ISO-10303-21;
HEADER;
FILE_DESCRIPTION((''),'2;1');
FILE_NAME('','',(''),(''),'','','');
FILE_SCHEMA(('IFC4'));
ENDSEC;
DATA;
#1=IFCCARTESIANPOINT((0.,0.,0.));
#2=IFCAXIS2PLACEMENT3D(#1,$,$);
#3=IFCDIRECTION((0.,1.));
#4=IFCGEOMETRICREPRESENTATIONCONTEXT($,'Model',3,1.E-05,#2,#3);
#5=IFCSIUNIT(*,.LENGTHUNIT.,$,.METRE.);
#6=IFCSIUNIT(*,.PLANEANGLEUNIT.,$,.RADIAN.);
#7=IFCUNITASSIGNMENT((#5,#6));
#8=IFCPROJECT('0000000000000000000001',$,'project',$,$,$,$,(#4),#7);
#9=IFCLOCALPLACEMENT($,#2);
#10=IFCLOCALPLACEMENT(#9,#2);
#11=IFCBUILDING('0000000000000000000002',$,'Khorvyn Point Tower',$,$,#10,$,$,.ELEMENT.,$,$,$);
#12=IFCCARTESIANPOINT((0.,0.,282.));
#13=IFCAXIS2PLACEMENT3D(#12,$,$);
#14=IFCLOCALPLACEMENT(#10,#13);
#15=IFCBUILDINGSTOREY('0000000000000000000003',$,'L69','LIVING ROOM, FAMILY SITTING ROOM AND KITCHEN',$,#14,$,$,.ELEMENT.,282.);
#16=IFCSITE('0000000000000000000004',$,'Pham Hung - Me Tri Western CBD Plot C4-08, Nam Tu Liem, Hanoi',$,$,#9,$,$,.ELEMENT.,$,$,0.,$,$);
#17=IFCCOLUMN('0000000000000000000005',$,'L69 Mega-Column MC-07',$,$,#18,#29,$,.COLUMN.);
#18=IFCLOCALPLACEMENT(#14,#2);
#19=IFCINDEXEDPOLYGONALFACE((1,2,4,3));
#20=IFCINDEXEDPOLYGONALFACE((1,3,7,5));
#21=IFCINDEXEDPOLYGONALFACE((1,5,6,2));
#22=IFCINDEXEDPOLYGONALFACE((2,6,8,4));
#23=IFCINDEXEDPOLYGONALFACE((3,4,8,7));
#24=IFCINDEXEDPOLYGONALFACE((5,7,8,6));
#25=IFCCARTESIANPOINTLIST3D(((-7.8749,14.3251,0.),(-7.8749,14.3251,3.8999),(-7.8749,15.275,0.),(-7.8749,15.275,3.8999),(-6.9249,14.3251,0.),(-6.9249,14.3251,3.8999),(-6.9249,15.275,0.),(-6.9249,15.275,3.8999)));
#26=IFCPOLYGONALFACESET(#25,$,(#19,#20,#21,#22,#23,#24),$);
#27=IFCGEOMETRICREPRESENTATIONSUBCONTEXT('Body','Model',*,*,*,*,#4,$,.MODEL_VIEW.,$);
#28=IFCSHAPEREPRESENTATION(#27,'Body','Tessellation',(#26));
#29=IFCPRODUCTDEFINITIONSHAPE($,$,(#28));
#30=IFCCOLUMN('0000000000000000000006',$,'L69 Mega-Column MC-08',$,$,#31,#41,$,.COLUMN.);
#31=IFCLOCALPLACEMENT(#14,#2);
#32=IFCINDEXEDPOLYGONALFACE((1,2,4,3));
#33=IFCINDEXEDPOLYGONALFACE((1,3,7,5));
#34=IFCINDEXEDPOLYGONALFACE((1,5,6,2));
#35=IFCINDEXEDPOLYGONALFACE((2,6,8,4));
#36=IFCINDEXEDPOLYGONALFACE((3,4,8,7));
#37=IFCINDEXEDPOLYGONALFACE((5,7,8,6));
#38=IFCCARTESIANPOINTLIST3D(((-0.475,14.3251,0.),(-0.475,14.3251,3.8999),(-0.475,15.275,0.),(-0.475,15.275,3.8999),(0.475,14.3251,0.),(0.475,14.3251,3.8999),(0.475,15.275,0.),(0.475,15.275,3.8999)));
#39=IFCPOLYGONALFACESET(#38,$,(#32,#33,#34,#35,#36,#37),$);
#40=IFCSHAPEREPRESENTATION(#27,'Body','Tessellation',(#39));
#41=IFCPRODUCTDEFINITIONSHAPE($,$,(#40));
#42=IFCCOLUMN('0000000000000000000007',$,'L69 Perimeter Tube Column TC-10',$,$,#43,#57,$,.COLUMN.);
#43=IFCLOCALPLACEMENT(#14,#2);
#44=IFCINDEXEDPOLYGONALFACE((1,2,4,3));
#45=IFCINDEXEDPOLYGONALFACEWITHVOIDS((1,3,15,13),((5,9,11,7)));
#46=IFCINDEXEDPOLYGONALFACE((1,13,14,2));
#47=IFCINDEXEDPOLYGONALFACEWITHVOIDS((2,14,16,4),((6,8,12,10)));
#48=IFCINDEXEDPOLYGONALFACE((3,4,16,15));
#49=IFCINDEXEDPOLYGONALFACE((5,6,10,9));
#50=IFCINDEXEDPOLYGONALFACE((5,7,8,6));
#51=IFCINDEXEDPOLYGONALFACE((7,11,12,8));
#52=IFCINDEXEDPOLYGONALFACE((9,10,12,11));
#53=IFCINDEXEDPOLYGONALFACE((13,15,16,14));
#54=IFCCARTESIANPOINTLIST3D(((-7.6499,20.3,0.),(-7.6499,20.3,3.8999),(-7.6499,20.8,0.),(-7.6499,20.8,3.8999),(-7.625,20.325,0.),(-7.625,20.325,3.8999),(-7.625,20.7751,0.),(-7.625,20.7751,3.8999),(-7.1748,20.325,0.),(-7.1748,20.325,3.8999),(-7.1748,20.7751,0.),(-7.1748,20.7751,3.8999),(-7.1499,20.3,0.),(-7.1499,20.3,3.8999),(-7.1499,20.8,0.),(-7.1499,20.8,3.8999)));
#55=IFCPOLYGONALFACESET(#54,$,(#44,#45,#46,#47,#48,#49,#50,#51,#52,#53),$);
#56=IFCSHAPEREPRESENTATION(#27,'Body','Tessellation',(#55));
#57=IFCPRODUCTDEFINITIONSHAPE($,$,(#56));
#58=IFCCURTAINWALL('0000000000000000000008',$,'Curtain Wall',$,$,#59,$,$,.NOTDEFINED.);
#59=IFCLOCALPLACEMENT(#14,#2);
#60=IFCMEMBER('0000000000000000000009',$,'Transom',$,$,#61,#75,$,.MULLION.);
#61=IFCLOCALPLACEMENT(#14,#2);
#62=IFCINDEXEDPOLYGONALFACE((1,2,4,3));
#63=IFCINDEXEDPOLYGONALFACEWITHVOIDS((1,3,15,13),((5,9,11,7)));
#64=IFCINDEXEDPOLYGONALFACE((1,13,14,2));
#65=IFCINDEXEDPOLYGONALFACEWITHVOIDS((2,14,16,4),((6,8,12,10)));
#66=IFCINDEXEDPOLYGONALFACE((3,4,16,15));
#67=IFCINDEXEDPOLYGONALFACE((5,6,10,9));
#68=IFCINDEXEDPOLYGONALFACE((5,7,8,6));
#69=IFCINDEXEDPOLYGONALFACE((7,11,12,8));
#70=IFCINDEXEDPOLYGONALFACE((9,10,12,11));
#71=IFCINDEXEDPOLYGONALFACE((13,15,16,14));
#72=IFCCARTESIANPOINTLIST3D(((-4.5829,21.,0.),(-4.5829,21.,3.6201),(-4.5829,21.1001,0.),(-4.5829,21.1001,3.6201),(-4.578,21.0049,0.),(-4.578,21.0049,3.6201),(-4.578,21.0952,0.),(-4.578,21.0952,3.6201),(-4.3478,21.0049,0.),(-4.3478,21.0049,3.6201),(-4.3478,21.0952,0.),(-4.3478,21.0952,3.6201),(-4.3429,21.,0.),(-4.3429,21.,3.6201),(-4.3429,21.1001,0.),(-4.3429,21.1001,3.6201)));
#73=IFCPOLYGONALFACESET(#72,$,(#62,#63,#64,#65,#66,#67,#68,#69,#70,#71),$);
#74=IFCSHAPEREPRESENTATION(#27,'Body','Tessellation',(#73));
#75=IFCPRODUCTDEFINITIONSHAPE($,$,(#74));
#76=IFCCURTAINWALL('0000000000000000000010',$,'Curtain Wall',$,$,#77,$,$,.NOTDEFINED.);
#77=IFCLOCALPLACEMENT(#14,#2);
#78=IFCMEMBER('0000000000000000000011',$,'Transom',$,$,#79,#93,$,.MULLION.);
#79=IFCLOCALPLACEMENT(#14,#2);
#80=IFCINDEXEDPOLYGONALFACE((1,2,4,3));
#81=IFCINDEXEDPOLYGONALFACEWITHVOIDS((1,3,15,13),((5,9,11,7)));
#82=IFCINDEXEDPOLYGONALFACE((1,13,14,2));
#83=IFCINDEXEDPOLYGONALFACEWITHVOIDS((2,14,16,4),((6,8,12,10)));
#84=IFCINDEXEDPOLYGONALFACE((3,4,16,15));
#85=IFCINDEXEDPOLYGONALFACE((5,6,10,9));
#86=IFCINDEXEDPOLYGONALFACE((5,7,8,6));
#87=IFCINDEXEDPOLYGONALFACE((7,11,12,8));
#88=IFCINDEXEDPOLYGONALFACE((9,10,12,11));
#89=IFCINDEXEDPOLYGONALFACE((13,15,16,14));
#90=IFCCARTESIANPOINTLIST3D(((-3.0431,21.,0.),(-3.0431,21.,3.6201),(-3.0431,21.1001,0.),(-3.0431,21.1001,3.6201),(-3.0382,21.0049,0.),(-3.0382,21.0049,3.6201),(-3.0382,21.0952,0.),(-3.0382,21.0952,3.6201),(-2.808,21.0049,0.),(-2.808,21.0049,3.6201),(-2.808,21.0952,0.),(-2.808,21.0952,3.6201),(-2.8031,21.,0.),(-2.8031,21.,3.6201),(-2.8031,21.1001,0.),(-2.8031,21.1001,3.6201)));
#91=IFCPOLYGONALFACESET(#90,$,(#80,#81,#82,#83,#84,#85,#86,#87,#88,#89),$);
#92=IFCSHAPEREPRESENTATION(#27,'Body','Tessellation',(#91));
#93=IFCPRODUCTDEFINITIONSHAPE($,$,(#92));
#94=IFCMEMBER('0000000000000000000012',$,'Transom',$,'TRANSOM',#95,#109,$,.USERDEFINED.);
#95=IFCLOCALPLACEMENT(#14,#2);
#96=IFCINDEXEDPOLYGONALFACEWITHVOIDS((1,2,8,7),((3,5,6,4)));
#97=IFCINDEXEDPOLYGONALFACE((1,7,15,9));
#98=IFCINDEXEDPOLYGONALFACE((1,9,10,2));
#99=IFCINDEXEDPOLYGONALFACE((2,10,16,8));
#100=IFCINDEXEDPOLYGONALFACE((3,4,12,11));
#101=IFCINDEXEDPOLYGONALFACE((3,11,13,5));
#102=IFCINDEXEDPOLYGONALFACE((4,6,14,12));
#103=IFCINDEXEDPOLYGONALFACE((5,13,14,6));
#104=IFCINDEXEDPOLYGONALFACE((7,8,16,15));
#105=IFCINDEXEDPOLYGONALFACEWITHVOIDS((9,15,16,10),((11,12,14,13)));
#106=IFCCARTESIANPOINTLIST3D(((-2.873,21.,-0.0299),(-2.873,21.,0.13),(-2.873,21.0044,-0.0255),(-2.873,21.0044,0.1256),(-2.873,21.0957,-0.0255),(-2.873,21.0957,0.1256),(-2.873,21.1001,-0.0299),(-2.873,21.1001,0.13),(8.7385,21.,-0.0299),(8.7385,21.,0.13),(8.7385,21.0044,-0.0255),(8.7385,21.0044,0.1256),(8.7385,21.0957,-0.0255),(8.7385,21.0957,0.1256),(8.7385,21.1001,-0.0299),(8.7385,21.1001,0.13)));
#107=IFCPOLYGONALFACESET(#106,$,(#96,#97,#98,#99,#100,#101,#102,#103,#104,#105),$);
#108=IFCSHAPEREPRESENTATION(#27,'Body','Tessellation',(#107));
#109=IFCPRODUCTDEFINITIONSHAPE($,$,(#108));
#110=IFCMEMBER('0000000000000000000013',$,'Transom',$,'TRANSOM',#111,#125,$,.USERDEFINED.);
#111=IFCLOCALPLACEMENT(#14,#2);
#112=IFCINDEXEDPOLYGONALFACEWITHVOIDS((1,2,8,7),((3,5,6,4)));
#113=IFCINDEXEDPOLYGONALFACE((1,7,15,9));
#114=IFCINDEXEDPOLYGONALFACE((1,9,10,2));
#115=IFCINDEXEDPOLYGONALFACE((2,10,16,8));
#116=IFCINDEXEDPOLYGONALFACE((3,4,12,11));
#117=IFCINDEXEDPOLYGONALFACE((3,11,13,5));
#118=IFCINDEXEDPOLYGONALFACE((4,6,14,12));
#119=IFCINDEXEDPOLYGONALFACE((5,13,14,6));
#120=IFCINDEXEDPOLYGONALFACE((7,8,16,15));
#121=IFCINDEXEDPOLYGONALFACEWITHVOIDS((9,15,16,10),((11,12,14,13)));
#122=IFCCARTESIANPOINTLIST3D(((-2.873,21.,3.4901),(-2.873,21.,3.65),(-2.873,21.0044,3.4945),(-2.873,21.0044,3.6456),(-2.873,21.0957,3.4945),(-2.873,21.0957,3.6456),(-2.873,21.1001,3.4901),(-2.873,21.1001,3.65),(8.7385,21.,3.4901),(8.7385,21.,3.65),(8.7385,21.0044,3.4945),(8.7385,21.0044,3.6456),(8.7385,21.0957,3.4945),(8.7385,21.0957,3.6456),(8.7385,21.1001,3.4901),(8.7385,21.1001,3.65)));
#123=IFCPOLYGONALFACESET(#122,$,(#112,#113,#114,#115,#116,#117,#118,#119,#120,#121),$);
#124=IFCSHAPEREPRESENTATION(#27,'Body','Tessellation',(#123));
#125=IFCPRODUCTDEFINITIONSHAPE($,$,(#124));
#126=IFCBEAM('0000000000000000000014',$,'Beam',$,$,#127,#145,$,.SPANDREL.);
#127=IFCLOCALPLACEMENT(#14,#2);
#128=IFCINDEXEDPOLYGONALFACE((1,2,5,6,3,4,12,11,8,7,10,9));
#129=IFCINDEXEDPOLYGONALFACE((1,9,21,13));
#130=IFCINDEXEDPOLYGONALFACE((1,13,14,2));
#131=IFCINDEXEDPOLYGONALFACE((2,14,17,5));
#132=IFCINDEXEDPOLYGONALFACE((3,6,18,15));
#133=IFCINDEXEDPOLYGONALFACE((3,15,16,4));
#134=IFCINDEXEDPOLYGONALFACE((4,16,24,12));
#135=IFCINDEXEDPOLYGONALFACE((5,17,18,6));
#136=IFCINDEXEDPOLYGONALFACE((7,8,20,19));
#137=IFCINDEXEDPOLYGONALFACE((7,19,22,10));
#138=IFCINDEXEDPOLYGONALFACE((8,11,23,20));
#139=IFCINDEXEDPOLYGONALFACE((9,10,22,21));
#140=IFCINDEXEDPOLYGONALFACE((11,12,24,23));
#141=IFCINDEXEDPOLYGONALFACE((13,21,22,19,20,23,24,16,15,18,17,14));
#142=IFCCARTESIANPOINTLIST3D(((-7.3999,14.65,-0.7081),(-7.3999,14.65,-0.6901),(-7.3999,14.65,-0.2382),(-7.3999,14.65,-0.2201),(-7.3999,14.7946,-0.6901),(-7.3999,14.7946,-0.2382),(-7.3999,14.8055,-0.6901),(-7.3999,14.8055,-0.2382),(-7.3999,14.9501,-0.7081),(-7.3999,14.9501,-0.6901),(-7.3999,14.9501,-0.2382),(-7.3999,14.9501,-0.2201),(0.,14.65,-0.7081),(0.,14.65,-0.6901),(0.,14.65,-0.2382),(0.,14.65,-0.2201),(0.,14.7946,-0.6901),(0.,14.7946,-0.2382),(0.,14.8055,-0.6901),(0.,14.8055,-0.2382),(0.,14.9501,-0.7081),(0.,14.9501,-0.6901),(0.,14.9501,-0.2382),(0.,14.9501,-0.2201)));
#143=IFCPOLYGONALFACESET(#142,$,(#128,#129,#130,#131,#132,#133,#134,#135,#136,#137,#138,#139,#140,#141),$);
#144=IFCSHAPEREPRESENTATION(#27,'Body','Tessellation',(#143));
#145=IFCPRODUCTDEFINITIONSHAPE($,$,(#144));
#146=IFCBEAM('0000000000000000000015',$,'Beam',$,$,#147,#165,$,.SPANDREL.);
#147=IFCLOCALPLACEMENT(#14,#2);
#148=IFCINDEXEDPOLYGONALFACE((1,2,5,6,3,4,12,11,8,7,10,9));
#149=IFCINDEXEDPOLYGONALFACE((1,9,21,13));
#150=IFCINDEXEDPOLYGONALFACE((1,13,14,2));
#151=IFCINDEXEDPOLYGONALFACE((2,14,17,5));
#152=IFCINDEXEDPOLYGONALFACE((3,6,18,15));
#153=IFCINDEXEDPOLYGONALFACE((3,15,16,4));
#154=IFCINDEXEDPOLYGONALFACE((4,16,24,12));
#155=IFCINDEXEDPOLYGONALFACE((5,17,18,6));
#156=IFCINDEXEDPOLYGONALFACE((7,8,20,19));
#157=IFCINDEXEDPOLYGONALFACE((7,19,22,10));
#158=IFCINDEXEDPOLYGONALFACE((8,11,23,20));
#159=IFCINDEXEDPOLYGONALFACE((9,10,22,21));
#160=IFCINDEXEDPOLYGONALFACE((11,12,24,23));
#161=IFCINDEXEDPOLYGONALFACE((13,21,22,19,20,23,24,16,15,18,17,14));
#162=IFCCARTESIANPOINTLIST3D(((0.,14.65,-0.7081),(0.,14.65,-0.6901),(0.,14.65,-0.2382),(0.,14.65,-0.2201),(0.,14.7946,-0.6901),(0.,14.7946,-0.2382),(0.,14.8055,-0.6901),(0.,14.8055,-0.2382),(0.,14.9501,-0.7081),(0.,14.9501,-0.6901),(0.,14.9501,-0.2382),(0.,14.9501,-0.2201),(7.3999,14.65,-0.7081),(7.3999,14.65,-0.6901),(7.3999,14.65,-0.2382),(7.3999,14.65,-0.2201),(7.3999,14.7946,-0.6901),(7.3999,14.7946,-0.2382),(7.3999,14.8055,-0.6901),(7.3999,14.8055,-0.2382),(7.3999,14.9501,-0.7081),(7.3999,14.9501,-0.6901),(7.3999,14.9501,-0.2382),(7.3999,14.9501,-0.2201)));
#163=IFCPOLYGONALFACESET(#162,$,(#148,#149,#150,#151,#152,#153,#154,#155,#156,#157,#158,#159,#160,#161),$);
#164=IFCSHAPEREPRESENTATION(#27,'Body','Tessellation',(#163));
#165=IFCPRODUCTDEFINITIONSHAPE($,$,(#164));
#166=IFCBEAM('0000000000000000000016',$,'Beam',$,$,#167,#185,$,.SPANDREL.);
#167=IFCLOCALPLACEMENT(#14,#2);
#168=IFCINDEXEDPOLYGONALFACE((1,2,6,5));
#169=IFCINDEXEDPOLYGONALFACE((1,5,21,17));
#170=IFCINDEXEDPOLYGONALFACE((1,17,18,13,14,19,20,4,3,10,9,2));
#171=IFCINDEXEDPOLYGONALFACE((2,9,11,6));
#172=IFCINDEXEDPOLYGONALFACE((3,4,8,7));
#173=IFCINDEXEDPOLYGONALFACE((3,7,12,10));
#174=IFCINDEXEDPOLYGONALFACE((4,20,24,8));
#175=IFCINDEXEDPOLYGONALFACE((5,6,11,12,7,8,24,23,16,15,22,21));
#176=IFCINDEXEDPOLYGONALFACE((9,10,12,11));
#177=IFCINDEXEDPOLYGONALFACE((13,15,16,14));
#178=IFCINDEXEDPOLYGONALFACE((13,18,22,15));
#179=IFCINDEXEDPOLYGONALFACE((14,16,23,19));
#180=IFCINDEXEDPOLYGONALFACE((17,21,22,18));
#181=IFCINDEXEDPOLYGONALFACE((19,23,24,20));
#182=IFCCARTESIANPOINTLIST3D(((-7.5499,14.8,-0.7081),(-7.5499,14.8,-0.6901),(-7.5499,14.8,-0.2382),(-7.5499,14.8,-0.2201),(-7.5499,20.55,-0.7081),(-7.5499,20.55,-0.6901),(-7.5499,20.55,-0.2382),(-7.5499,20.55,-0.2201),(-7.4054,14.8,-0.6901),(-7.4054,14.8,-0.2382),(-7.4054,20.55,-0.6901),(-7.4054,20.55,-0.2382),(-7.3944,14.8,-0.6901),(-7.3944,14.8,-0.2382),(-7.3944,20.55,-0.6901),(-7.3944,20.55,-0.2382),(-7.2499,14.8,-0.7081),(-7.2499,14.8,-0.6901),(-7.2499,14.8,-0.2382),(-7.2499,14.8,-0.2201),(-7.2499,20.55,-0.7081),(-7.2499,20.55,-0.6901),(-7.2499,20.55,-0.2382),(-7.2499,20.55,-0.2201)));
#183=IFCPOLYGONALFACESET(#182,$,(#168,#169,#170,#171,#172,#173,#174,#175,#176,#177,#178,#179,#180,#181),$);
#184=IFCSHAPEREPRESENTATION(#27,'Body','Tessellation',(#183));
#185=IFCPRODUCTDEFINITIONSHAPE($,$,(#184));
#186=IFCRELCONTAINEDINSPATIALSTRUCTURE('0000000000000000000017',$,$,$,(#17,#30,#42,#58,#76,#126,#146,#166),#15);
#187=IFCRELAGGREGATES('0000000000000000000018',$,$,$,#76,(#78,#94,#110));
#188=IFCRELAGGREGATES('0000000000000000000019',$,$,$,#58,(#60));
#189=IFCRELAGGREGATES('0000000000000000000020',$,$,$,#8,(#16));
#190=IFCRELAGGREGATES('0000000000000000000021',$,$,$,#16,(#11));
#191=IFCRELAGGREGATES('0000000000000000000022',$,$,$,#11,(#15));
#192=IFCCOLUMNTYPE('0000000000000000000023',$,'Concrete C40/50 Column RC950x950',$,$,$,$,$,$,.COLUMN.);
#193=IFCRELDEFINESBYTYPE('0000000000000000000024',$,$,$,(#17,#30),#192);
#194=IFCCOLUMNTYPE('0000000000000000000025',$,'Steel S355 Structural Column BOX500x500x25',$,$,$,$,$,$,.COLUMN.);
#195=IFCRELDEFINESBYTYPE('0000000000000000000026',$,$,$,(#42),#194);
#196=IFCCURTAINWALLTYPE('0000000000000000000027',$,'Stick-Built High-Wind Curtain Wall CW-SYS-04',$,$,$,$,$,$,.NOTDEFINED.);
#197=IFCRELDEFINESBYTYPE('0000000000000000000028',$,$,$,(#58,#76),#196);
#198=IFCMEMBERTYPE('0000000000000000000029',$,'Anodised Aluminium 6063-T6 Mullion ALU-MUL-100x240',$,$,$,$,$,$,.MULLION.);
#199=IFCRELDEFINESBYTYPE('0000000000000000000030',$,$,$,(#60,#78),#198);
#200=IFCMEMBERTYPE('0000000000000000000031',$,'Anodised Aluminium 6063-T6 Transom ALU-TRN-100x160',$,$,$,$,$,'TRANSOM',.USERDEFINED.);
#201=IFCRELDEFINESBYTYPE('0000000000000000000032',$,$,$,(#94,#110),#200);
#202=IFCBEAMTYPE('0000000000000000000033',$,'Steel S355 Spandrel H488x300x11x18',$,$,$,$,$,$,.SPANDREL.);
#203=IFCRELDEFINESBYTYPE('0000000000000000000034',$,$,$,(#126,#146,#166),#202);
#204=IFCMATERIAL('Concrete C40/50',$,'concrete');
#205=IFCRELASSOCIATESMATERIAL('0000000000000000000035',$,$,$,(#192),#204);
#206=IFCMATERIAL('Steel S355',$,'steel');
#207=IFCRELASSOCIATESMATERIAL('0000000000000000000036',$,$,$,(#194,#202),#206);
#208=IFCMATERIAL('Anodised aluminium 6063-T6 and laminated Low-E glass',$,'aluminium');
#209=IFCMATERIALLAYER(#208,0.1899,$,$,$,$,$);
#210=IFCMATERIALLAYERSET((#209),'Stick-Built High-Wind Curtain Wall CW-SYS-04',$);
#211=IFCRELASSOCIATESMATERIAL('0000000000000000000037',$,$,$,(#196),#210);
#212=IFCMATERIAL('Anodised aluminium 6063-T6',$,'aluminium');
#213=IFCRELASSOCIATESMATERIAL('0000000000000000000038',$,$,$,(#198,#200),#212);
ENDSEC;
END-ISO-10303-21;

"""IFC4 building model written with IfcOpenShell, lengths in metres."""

from ifc_helpers import new_model, si_unit, direction, frame, origin, origin_2d, place, context, subcontext, project, spatial, rectangle, hollow_rectangle, i_section, extrude, material, layer, layer_set, material_profile, profile_set, type_object, element, aggregate, save


model = new_model("IFC4")

# Units and contexts
model_context = context("Model", 3, precision=1e-05, world=origin(), true_north=direction((0.0, 1.0)))
body_context = subcontext(model_context, "Body", "Model", "MODEL_VIEW")
ifc_project = project(units=[si_unit("LENGTHUNIT", "METRE"), si_unit("PLANEANGLEUNIT", "RADIAN")], contexts=[model_context])

# Site, building, storey
site_placement = place(None, origin())
site = spatial("IfcSite", under=ifc_project, at=site_placement, Name="Pham Hung - Me Tri Western CBD Plot C4-08, Nam Tu Liem, Hanoi", CompositionType="ELEMENT", RefElevation=0.0)
building_placement = place(site_placement, origin())
building = spatial("IfcBuilding", under=site, at=building_placement, Name="Khorvyn Point Tower", CompositionType="ELEMENT")
storey_placement = place(building_placement, frame((0.0, 0.0, 282.0)))
storey = spatial("IfcBuildingStorey", under=building, at=storey_placement, Name="L69", Description="LIVING ROOM, FAMILY SITTING ROOM AND KITCHEN", CompositionType="ELEMENT", Elevation=282.0)

# Columns
ifc_material_1 = material(Name="Concrete C40/50", Category="concrete")
ifc_material_profile_1 = material_profile(ifc_material_1, rectangle(XDim=0.95, YDim=0.95, at=origin_2d()))
ifc_profile_set_1 = profile_set([ifc_material_profile_1], Name="Concrete C40/50 RC950x950")
column_type_1 = type_object("IfcColumnType", Name="Concrete C40/50 Column RC950x950", PredefinedType="COLUMN", material=ifc_profile_set_1)
for number, where, z_axis, x_axis, name in (
    (1, (-7.3999, 14.8, 0.0), (0.0, 0.0, 1.0), (1.0, 0.0, 0.0), "L69 Mega-Column MC-07"),
    (2, (0.0, 14.8, 0.0), (0.0, 0.0, 1.0), (1.0, 0.0, 0.0), "L69 Mega-Column MC-08"),
):
    element("IfcColumn", number, at=place(storey_placement, frame(where, z_axis=z_axis, x_axis=x_axis)), inside=storey, type_object=column_type_1, Name=name, PredefinedType="COLUMN", context=body_context, shape_type="SweptSolid", body=[
        extrude(rectangle(XDim=0.95, YDim=0.95, at=origin_2d()), origin(), (0.0, 0.0, 1.0), 3.8999),
    ])
ifc_material_2 = material(Name="Steel S355", Category="steel")
ifc_material_profile_2 = material_profile(ifc_material_2, hollow_rectangle(XDim=0.5, YDim=0.5, WallThickness=0.0249, at=origin_2d()))
ifc_profile_set_2 = profile_set([ifc_material_profile_2], Name="Steel S355 BOX500x500x25")
column_type_2 = type_object("IfcColumnType", Name="Steel S355 Structural Column BOX500x500x25", PredefinedType="COLUMN", material=ifc_profile_set_2)
column_placement = place(storey_placement, frame((-7.3999, 20.55, 0.0), z_axis=(0.0, 0.0, 1.0), x_axis=(1.0, 0.0, 0.0)))
element("IfcColumn", 3, at=column_placement, inside=storey, type_object=column_type_2, Name="L69 Perimeter Tube Column TC-10", PredefinedType="COLUMN", context=body_context, shape_type="SweptSolid", body=[
    extrude(hollow_rectangle(XDim=0.5, YDim=0.5, WallThickness=0.0249, at=origin_2d()), origin(), (0.0, 0.0, 1.0), 3.8999),
])

# Curtain wall, member
ifc_material_3 = material(Name="Anodised aluminium 6063-T6 and laminated Low-E glass", Category="aluminium")
ifc_layer_1 = layer(ifc_material_3, 0.1899)
ifc_layer_set_1 = layer_set([ifc_layer_1], Name="Stick-Built High-Wind Curtain Wall CW-SYS-04")
curtain_wall_type = type_object("IfcCurtainWallType", Name="Stick-Built High-Wind Curtain Wall CW-SYS-04", PredefinedType="NOTDEFINED", material=ifc_layer_set_1)
curtain_wall_1_placement = place(storey_placement, origin())
curtain_wall_1 = element("IfcCurtainWall", 4, at=curtain_wall_1_placement, inside=storey, type_object=curtain_wall_type, Name="Curtain Wall", PredefinedType="NOTDEFINED")
ifc_material_4 = material(Name="Anodised aluminium 6063-T6", Category="aluminium")
ifc_material_profile_3 = material_profile(ifc_material_4, hollow_rectangle(XDim=0.1001, YDim=0.24, WallThickness=0.0049, at=origin_2d()))
ifc_profile_set_3 = profile_set([ifc_material_profile_3], Name="Anodised aluminium 6063-T6 ALU-MUL-100x240")
member_type_1 = type_object("IfcMemberType", Name="Anodised Aluminium 6063-T6 Mullion ALU-MUL-100x240", PredefinedType="MULLION", material=ifc_profile_set_3)
member_1_placement = place(storey_placement, frame((-4.4629, 21.05, 0.0), z_axis=(0.0, 0.0, 1.0), x_axis=(0.0, 1.0, 0.0)))
member_1 = element("IfcMember", 5, at=member_1_placement, type_object=member_type_1, Name="Transom", PredefinedType="MULLION", context=body_context, shape_type="SweptSolid", body=[
    extrude(hollow_rectangle(XDim=0.1001, YDim=0.24, WallThickness=0.0049, at=origin_2d()), origin(), (0.0, 0.0, 1.0), 3.6201),
])

# Curtain wall, members
curtain_wall_2_placement = place(storey_placement, origin())
curtain_wall_2 = element("IfcCurtainWall", 6, at=curtain_wall_2_placement, inside=storey, type_object=curtain_wall_type, Name="Curtain Wall", PredefinedType="NOTDEFINED")
member_2_placement = place(storey_placement, frame((-2.9231, 21.05, 0.0), z_axis=(0.0, 0.0, 1.0), x_axis=(0.0, 1.0, 0.0)))
member_2 = element("IfcMember", 7, at=member_2_placement, type_object=member_type_1, Name="Transom", PredefinedType="MULLION", context=body_context, shape_type="SweptSolid", body=[
    extrude(hollow_rectangle(XDim=0.1001, YDim=0.24, WallThickness=0.0049, at=origin_2d()), origin(), (0.0, 0.0, 1.0), 3.6201),
])
ifc_material_profile_4 = material_profile(ifc_material_4, hollow_rectangle(XDim=0.1001, YDim=0.1599, WallThickness=0.0044, at=origin_2d()))
ifc_profile_set_4 = profile_set([ifc_material_profile_4], Name="Anodised aluminium 6063-T6 ALU-TRN-100x160")
member_type_2 = type_object("IfcMemberType", Name="Anodised Aluminium 6063-T6 Transom ALU-TRN-100x160", ElementType="TRANSOM", PredefinedType="USERDEFINED", material=ifc_profile_set_4)
member_3_placement = place(storey_placement, frame((-2.873, 21.05, 0.05), z_axis=(1.0, 0.0, 0.0), x_axis=(0.0, 1.0, 0.0)))
member_3 = element("IfcMember", 8, at=member_3_placement, type_object=member_type_2, Name="Transom", ObjectType="TRANSOM", PredefinedType="USERDEFINED", context=body_context, shape_type="SweptSolid", body=[
    extrude(hollow_rectangle(XDim=0.1001, YDim=0.1599, WallThickness=0.0044, at=origin_2d()), origin(), (0.0, 0.0, 1.0), 11.6116),
])
member_4_placement = place(storey_placement, frame((-2.873, 21.05, 3.5701), z_axis=(1.0, 0.0, 0.0), x_axis=(0.0, 1.0, 0.0)))
member_4 = element("IfcMember", 9, at=member_4_placement, type_object=member_type_2, Name="Transom", ObjectType="TRANSOM", PredefinedType="USERDEFINED", context=body_context, shape_type="SweptSolid", body=[
    extrude(hollow_rectangle(XDim=0.1001, YDim=0.1599, WallThickness=0.0044, at=origin_2d()), origin(), (0.0, 0.0, 1.0), 11.6116),
])
aggregate(curtain_wall_2, [member_2, member_3, member_4])

# Beams
ifc_material_profile_5 = material_profile(ifc_material_2, i_section(OverallWidth=0.3, OverallDepth=0.488, WebThickness=0.011, FlangeThickness=0.0181, at=origin_2d()))
ifc_profile_set_5 = profile_set([ifc_material_profile_5], Name="Steel S355 H488x300x11x18")
beam_type_1 = type_object("IfcBeamType", Name="Steel S355 Spandrel H488x300x11x18", PredefinedType="SPANDREL", material=ifc_profile_set_5)
for number, where, z_axis, x_axis, name in (
    (10, (-7.3999, 14.8, -0.4641), (1.0, 0.0, 0.0), (0.0, 1.0, 0.0), "Beam"),
    (11, (0.0, 14.8, -0.4641), (1.0, 0.0, 0.0), (0.0, 1.0, 0.0), "Beam"),
):
    element("IfcBeam", number, at=place(storey_placement, frame(where, z_axis=z_axis, x_axis=x_axis)), inside=storey, type_object=beam_type_1, Name=name, PredefinedType="SPANDREL", context=body_context, shape_type="SweptSolid", body=[
        extrude(i_section(OverallWidth=0.3, OverallDepth=0.488, WebThickness=0.011, FlangeThickness=0.0181, at=origin_2d()), origin(), (0.0, 0.0, 1.0), 7.3999),
    ])
beam_1_placement = place(storey_placement, frame((-7.3999, 14.8, -0.4641), z_axis=(0.0, 1.0, 0.0), x_axis=(-1.0, 0.0, 0.0)))
element("IfcBeam", 12, at=beam_1_placement, inside=storey, type_object=beam_type_1, Name="Beam", PredefinedType="SPANDREL", context=body_context, shape_type="SweptSolid", body=[
    extrude(i_section(OverallWidth=0.3, OverallDepth=0.488, WebThickness=0.011, FlangeThickness=0.0181, at=origin_2d()), origin(), (0.0, 0.0, 1.0), 5.75),
])

aggregate(curtain_wall_1, [member_1])

save(model, "model.ifc")
